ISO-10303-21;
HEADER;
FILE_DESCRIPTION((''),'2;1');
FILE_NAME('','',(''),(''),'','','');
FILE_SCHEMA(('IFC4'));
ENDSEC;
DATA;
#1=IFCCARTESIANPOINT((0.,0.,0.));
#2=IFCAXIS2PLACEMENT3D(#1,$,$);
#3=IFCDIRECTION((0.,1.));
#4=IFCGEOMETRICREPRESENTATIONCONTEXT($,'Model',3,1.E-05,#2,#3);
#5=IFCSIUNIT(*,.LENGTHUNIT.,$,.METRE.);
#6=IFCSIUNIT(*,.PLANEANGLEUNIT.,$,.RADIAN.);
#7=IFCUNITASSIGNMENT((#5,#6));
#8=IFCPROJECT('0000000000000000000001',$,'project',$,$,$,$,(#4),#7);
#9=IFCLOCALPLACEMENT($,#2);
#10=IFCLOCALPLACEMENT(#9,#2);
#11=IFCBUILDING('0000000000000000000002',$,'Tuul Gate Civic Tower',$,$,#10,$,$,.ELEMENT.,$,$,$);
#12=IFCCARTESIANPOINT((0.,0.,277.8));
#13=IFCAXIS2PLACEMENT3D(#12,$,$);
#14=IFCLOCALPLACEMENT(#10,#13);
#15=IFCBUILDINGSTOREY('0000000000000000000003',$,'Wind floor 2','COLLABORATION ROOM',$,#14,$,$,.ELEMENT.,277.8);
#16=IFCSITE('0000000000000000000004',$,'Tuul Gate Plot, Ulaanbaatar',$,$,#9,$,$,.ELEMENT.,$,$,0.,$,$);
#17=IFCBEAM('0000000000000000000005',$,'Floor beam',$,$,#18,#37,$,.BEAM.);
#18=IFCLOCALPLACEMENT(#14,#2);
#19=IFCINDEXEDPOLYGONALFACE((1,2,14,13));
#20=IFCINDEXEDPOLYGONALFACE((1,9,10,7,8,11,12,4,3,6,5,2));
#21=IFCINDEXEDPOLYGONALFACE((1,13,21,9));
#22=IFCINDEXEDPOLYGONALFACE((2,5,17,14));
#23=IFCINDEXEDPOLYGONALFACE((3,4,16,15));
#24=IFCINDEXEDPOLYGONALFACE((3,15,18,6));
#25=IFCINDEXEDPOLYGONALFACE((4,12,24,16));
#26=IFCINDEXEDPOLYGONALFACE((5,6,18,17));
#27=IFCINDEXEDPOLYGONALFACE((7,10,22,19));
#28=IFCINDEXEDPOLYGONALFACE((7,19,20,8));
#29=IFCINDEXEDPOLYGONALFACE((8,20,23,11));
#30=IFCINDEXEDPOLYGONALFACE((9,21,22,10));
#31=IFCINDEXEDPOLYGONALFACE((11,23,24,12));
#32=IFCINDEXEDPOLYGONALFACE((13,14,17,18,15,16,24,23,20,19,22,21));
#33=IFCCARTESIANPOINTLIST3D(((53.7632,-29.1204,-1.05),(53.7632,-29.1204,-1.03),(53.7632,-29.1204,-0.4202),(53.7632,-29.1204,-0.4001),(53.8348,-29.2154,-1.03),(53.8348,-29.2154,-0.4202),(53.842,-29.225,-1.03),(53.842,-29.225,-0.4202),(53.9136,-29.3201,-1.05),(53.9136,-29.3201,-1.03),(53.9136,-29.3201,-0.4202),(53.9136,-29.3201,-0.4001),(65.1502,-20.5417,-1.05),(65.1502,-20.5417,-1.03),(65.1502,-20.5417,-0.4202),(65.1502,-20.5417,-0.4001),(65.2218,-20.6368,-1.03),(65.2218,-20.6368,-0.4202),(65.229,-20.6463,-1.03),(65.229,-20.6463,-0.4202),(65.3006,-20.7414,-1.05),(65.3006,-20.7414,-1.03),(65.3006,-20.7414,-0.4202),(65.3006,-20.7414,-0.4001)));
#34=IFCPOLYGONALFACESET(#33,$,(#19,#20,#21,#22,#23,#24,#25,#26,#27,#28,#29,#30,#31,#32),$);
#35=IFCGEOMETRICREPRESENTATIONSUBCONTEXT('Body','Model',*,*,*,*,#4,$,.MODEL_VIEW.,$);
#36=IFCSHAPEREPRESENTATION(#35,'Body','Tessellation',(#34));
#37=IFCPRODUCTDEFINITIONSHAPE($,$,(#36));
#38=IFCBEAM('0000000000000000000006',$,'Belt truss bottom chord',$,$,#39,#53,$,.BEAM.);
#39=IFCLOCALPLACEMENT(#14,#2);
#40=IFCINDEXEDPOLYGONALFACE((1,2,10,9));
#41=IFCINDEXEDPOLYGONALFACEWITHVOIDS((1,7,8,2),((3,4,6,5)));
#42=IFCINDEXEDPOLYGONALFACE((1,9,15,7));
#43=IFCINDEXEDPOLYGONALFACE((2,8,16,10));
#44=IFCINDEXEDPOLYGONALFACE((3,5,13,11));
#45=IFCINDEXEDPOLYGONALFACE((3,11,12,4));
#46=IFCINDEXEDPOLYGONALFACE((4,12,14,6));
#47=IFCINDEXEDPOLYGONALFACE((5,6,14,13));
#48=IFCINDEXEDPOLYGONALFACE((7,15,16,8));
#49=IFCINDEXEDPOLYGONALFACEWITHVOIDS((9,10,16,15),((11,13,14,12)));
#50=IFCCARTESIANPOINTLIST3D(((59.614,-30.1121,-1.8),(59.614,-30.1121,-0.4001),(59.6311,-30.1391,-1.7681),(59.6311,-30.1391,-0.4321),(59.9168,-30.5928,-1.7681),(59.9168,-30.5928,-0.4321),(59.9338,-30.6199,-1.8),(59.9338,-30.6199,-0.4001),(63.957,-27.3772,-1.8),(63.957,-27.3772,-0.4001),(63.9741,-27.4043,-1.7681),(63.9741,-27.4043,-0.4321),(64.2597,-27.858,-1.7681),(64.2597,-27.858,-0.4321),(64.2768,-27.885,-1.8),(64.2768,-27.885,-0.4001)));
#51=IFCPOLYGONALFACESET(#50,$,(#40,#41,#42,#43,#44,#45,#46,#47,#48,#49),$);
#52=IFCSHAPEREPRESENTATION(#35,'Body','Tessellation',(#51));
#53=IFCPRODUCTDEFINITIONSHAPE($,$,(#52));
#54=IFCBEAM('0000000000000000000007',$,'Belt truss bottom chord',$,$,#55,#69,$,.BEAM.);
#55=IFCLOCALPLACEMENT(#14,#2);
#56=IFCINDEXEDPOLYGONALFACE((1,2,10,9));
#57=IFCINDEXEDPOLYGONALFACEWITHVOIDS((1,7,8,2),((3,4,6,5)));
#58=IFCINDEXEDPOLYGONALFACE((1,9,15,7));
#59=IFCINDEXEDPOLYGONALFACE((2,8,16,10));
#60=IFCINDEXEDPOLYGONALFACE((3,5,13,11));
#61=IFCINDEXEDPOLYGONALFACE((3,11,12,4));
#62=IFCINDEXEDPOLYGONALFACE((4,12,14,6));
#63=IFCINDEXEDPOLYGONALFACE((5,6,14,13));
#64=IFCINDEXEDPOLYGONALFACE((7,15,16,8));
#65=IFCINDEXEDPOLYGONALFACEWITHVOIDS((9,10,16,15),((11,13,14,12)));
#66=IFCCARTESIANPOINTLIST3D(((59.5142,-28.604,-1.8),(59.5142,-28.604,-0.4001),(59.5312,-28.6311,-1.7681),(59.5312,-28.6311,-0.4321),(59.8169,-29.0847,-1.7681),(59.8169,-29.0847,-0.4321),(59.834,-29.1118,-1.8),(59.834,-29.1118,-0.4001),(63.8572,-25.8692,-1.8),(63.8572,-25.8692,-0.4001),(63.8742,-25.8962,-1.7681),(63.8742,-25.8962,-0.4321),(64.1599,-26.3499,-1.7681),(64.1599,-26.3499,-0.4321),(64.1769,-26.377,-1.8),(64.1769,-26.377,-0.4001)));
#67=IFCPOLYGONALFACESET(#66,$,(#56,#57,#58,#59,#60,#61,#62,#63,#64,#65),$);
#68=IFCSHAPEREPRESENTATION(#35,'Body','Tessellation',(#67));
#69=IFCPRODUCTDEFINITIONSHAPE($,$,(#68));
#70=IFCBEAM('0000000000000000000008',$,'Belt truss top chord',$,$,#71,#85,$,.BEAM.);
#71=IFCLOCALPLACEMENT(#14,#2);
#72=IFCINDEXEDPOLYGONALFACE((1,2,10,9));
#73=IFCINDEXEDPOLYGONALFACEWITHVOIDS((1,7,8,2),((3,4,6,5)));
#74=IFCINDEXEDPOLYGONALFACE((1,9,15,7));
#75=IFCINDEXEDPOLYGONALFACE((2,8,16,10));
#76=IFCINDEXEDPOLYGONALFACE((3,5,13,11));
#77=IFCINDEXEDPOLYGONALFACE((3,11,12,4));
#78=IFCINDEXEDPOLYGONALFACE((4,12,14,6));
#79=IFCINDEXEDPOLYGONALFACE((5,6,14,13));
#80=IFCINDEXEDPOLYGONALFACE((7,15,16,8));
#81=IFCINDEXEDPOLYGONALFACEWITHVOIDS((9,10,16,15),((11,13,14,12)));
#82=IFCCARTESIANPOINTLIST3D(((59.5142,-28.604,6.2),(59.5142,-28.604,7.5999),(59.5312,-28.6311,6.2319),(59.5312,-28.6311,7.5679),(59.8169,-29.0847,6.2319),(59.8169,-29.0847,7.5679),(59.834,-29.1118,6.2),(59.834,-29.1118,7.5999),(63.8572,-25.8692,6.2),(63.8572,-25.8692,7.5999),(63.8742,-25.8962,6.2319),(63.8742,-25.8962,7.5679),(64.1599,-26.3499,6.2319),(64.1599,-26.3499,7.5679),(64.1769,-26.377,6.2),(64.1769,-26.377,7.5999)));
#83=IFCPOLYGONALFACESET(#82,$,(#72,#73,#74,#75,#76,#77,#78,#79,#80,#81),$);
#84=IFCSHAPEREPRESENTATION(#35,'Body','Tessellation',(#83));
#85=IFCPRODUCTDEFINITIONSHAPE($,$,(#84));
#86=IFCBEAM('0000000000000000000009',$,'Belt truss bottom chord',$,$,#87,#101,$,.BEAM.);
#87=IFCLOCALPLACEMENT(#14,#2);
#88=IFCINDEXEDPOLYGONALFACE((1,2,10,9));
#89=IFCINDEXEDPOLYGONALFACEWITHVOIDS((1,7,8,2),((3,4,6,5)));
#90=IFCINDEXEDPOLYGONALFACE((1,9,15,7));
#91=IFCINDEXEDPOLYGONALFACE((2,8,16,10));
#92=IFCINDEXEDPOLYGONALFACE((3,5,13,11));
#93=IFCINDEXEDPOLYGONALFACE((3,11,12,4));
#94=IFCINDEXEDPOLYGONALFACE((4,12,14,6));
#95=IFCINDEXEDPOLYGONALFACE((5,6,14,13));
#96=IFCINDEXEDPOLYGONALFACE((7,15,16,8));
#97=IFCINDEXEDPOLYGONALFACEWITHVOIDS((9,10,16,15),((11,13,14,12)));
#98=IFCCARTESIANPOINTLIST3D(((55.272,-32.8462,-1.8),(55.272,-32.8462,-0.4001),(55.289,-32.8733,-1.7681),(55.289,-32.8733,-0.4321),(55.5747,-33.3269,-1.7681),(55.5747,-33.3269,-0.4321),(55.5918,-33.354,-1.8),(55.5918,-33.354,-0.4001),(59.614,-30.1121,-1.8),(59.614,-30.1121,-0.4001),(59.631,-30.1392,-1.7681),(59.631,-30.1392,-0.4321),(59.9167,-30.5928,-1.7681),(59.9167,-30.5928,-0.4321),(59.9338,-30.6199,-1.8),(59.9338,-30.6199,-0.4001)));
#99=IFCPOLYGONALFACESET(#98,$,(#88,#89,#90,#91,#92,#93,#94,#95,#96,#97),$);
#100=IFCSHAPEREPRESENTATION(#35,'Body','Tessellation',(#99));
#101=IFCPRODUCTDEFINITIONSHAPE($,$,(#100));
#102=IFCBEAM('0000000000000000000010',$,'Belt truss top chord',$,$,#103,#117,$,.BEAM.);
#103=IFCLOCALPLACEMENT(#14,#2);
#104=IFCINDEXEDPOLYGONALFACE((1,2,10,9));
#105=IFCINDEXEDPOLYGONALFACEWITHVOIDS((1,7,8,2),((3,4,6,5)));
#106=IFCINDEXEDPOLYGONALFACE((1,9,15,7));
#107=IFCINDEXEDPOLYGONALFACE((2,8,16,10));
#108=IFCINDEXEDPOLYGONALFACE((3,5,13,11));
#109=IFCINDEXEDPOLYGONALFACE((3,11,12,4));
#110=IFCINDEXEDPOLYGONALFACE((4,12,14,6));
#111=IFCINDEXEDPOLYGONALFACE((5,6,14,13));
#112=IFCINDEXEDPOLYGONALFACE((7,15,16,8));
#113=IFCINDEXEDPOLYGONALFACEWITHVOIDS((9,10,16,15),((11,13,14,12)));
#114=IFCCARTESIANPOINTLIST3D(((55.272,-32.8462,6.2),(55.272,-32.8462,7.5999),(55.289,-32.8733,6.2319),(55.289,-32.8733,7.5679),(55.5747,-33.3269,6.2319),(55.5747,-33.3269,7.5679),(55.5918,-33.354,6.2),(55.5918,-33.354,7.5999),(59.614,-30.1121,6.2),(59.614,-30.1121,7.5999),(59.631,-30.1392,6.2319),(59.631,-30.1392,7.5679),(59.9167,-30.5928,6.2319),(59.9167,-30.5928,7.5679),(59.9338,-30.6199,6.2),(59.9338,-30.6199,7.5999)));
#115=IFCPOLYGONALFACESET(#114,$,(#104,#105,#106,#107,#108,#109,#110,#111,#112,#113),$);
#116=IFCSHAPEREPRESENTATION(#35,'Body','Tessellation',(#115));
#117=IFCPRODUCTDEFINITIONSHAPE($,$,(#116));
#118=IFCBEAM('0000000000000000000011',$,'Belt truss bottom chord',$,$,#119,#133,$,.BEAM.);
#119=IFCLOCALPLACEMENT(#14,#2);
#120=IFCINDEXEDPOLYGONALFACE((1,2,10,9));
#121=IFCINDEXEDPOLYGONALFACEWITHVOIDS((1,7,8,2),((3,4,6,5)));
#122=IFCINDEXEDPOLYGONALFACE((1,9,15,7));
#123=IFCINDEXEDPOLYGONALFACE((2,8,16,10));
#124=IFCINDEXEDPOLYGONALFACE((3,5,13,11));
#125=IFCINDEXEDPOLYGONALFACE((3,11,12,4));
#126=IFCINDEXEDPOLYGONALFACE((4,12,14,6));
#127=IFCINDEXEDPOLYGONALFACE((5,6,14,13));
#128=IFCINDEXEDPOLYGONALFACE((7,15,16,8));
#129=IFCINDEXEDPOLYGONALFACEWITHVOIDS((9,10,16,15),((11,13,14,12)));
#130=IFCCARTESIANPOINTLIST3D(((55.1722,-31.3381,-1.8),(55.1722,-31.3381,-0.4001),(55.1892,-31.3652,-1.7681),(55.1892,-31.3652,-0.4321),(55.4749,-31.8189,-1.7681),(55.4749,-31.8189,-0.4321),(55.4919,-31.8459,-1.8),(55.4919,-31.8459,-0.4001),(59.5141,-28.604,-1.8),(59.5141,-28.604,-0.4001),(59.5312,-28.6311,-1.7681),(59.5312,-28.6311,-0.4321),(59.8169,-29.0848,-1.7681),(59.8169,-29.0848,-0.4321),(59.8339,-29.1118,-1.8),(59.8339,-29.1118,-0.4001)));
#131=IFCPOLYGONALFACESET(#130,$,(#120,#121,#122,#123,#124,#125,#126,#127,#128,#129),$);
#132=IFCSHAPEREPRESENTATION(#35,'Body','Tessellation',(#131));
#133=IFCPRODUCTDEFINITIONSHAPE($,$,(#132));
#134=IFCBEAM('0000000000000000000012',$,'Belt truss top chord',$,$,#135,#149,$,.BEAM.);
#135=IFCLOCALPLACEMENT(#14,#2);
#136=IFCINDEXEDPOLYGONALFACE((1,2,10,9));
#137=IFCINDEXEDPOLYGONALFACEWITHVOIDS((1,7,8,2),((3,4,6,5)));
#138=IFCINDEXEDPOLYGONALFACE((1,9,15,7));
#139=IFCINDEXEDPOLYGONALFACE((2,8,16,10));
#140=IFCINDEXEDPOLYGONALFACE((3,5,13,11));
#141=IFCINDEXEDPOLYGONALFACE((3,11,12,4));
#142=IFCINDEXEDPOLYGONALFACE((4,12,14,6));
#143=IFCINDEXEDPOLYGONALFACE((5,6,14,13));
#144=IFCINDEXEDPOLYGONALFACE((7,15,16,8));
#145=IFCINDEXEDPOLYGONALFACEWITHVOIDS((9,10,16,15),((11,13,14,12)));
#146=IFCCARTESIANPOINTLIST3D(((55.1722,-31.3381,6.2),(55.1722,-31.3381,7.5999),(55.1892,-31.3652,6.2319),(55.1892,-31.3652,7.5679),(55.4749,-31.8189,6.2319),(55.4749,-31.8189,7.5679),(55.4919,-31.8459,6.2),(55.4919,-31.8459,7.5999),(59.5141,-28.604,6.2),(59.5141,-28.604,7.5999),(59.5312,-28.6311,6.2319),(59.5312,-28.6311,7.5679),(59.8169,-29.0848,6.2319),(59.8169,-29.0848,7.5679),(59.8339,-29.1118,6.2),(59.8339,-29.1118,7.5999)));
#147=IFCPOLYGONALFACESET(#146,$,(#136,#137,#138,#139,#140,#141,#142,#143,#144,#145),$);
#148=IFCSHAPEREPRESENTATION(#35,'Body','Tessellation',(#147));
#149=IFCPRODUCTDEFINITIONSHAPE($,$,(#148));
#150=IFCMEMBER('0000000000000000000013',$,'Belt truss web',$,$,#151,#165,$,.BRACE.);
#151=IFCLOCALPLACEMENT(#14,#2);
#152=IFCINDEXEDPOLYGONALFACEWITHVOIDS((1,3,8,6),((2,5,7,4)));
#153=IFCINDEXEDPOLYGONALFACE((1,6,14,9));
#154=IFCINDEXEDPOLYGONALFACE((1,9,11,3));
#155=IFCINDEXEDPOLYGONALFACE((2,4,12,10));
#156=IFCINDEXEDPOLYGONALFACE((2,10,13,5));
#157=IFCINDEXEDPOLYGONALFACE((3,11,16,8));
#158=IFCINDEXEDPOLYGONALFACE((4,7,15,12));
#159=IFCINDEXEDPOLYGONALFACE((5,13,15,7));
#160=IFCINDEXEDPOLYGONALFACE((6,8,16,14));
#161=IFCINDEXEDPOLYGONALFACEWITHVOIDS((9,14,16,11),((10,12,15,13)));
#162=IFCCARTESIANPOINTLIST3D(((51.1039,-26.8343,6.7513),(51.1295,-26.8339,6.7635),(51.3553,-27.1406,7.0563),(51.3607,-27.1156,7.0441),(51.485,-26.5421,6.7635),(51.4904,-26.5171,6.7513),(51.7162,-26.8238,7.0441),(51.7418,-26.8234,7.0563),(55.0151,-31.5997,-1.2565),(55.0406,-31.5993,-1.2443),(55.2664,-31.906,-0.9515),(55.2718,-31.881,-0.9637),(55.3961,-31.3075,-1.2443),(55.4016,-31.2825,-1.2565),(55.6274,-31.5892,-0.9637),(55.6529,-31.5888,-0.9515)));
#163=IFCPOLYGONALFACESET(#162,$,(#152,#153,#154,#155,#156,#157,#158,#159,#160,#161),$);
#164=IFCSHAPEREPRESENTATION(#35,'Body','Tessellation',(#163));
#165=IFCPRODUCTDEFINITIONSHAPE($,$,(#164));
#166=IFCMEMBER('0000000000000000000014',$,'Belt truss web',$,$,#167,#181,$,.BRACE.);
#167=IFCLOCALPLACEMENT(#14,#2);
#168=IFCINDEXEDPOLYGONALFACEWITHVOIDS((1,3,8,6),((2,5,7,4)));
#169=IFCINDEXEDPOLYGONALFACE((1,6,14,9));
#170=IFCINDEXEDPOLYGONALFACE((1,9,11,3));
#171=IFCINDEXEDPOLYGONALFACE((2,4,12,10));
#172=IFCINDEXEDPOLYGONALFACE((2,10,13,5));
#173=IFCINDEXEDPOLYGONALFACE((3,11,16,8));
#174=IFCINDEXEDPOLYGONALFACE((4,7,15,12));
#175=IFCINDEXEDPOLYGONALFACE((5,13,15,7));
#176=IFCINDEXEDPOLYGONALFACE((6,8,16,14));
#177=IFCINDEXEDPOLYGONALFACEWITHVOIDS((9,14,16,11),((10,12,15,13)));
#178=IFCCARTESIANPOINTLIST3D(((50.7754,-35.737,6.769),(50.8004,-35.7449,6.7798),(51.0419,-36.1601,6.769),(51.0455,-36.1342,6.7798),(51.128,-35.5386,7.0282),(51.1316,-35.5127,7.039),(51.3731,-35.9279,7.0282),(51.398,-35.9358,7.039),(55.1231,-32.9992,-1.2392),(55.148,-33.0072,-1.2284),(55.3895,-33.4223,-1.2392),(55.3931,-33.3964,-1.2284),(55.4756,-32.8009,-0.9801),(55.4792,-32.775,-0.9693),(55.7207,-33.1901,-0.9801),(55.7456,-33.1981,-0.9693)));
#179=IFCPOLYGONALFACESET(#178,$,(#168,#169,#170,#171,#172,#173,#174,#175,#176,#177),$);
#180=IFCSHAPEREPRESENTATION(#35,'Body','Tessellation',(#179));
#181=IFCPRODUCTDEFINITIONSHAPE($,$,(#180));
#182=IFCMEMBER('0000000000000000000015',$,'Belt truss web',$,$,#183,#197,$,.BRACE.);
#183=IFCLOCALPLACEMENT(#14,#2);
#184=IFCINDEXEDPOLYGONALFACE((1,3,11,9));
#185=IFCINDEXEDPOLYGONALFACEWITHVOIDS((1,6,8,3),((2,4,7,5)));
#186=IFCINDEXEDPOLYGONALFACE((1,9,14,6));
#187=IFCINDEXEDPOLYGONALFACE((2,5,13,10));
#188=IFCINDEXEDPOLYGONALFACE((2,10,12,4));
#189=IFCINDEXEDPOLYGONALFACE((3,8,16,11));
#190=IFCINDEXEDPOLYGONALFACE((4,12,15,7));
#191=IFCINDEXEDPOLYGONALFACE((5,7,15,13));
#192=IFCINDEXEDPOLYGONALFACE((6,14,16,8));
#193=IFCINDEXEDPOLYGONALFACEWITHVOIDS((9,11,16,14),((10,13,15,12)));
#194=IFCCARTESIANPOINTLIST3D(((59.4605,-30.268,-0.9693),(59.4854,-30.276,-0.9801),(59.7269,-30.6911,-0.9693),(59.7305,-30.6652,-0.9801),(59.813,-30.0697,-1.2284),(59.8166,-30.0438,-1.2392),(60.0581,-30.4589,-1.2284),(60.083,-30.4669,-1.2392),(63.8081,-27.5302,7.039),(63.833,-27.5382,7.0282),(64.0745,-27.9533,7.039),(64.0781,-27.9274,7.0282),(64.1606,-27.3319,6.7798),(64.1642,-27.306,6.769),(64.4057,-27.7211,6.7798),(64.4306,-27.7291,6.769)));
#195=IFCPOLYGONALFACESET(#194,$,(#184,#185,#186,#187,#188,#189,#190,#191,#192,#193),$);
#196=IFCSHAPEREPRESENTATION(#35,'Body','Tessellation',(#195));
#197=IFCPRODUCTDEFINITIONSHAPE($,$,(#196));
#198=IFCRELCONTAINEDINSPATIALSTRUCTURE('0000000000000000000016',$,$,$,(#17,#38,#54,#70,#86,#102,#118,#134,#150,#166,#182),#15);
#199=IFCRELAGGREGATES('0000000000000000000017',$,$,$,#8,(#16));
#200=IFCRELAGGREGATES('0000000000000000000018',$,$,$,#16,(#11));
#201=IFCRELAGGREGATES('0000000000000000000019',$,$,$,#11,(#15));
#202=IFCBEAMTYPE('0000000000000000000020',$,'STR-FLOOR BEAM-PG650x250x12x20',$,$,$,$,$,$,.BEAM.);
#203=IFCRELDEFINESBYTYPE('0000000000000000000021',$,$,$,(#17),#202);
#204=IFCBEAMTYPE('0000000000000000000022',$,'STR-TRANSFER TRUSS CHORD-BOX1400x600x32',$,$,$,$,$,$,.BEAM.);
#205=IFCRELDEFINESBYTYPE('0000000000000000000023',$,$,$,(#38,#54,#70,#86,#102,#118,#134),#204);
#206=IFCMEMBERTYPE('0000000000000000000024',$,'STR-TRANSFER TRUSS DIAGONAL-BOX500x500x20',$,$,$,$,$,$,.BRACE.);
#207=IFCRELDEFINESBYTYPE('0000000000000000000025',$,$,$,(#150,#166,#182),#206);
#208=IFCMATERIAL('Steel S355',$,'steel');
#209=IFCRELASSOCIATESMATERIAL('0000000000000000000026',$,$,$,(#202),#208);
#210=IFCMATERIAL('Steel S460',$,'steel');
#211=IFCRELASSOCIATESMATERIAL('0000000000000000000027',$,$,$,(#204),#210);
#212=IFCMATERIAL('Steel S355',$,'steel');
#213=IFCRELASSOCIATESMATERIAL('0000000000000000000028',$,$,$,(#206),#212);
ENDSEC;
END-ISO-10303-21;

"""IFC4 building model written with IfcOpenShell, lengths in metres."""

from ifc_helpers import new_model, si_unit, direction, frame, origin, origin_2d, place, context, subcontext, project, spatial, hollow_rectangle, i_section, extrude, material, material_profile, profile_set, type_object, element, save


model = new_model("IFC4")

# Units and contexts
model_context = context("Model", 3, precision=1e-05, world=origin(), true_north=direction((0.0, 1.0)))
body_context = subcontext(model_context, "Body", "Model", "MODEL_VIEW")
ifc_project = project(units=[si_unit("LENGTHUNIT", "METRE"), si_unit("PLANEANGLEUNIT", "RADIAN")], contexts=[model_context])

# Site, building, storey
site_placement = place(None, origin())
site = spatial("IfcSite", under=ifc_project, at=site_placement, Name="Tuul Gate Plot, Ulaanbaatar", CompositionType="ELEMENT", RefElevation=0.0)
building_placement = place(site_placement, origin())
building = spatial("IfcBuilding", under=site, at=building_placement, Name="Tuul Gate Civic Tower", CompositionType="ELEMENT")
storey_placement = place(building_placement, frame((0.0, 0.0, 277.8)))
storey = spatial("IfcBuildingStorey", under=building, at=storey_placement, Name="Wind floor 2", Description="COLLABORATION ROOM", CompositionType="ELEMENT", Elevation=277.8)

# Beams
ifc_material_1 = material(Name="Steel S355", Category="steel")
ifc_material_profile_1 = material_profile(ifc_material_1, i_section(OverallWidth=0.25, OverallDepth=0.6499, WebThickness=0.012, FlangeThickness=0.02, at=origin_2d()), Name="PG650x250x12x20")
ifc_profile_set_1 = profile_set([ifc_material_profile_1], Name="Steel S355")
beam_type_1 = type_object("IfcBeamType", Name="STR-FLOOR BEAM-PG650x250x12x20", PredefinedType="BEAM", material=ifc_profile_set_1)
beam_placement = place(storey_placement, frame((53.8384, -29.2202, -0.7251), z_axis=(0.798706, 0.601722, 0.0), x_axis=(-0.601722, 0.798706, 0.0)))
element("IfcBeam", 1, at=beam_placement, inside=storey, type_object=beam_type_1, Name="Floor beam", PredefinedType="BEAM", context=body_context, shape_type="SweptSolid", body=[
    extrude(i_section(OverallWidth=0.25, OverallDepth=0.6499, WebThickness=0.012, FlangeThickness=0.02, at=origin_2d()), origin(), (0.0, 0.0, 1.0), 14.2568),
])
ifc_material_2 = material(Name="Steel S460", Category="steel")
ifc_material_profile_2 = material_profile(ifc_material_2, hollow_rectangle(XDim=0.6001, YDim=1.3999, WallThickness=0.032, at=origin_2d()), Name="BOX1400x600x32")
ifc_profile_set_2 = profile_set([ifc_material_profile_2], Name="Steel S460")
beam_type_2 = type_object("IfcBeamType", Name="STR-TRANSFER TRUSS CHORD-BOX1400x600x32", PredefinedType="BEAM", material=ifc_profile_set_2)
for number, where, z_axis, x_axis, name in (
    (2, (59.7739, -30.366, -1.1001), (0.8462, 0.532865, 0.0), (-0.532865, 0.8462, 0.0), "Belt truss bottom chord"),
    (3, (59.6741, -28.8579, -1.1001), (0.8462, 0.532865, 0.0), (-0.532865, 0.8462, 0.0), "Belt truss bottom chord"),
    (4, (59.6741, -28.8579, 6.8999), (0.8462, 0.532865, 0.0), (-0.532865, 0.8462, 0.0), "Belt truss top chord"),
):
    element("IfcBeam", number, at=place(storey_placement, frame(where, z_axis=z_axis, x_axis=x_axis)), inside=storey, type_object=beam_type_2, Name=name, PredefinedType="BEAM", context=body_context, shape_type="SweptSolid", body=[
        extrude(hollow_rectangle(XDim=0.6001, YDim=1.3999, WallThickness=0.032, at=origin_2d()), origin(), (0.0, 0.0, 1.0), 5.1323),
    ])
for number, where, z_axis, x_axis, name in (
    (5, (55.4319, -33.1001, -1.1001), (0.846211, 0.532849, 0.0), (-0.532849, 0.846211, 0.0), "Belt truss bottom chord"),
    (6, (55.4319, -33.1001, 6.8999), (0.846211, 0.532849, 0.0), (-0.532849, 0.846211, 0.0), "Belt truss top chord"),
    (7, (55.332, -31.592, -1.1001), (0.846211, 0.532849, 0.0), (-0.532849, 0.846211, 0.0), "Belt truss bottom chord"),
    (8, (55.332, -31.592, 6.8999), (0.846211, 0.532849, 0.0), (-0.532849, 0.846211, 0.0), "Belt truss top chord"),
):
    element("IfcBeam", number, at=place(storey_placement, frame(where, z_axis=z_axis, x_axis=x_axis)), inside=storey, type_object=beam_type_2, Name=name, PredefinedType="BEAM", context=body_context, shape_type="SweptSolid", body=[
        extrude(hollow_rectangle(XDim=0.6001, YDim=1.3999, WallThickness=0.032, at=origin_2d()), origin(), (0.0, 0.0, 1.0), 5.1311),
    ])

# Members
ifc_material_3 = material(Name="Steel S355", Category="steel")
ifc_material_profile_3 = material_profile(ifc_material_3, hollow_rectangle(XDim=0.5, YDim=0.5, WallThickness=0.02, at=origin_2d()), Name="BOX500x500x20")
ifc_profile_set_3 = profile_set([ifc_material_profile_3], Name="Steel S355")
member_type_1 = type_object("IfcMemberType", Name="STR-TRANSFER TRUSS DIAGONAL-BOX500x500x20", PredefinedType="BRACE", material=ifc_profile_set_3)
member_1_placement = place(storey_placement, frame((55.334, -31.5942, -1.104), z_axis=(-0.387012, 0.471541, 0.792383), x_axis=(-0.772988, -0.634421, 0.0)))
element("IfcMember", 9, at=member_1_placement, inside=storey, type_object=member_type_1, Name="Belt truss web", PredefinedType="BRACE", context=body_context, shape_type="SweptSolid", body=[
    extrude(hollow_rectangle(XDim=0.5, YDim=0.5, WallThickness=0.02, at=origin_2d()), origin(), (0.0, 0.0, 1.0), 10.106),
])
for number, where, z_axis, x_axis, name in (
    (10, (55.4343, -33.0986, -1.1042), (-0.456938, -0.287742, 0.841672), (0.532866, -0.8462, 0.0), "Belt truss web"),
    (11, (59.7717, -30.3674, -1.1042), (0.456938, 0.287742, 0.841672), (-0.532866, 0.8462, 0.0), "Belt truss web"),
):
    element("IfcMember", number, at=place(storey_placement, frame(where, z_axis=z_axis, x_axis=x_axis)), inside=storey, type_object=member_type_1, Name=name, PredefinedType="BRACE", context=body_context, shape_type="SweptSolid", body=[
        extrude(hollow_rectangle(XDim=0.5, YDim=0.5, WallThickness=0.02, at=origin_2d()), origin(), (0.0, 0.0, 1.0), 9.5146),
    ])

save(model, "model.ifc")
